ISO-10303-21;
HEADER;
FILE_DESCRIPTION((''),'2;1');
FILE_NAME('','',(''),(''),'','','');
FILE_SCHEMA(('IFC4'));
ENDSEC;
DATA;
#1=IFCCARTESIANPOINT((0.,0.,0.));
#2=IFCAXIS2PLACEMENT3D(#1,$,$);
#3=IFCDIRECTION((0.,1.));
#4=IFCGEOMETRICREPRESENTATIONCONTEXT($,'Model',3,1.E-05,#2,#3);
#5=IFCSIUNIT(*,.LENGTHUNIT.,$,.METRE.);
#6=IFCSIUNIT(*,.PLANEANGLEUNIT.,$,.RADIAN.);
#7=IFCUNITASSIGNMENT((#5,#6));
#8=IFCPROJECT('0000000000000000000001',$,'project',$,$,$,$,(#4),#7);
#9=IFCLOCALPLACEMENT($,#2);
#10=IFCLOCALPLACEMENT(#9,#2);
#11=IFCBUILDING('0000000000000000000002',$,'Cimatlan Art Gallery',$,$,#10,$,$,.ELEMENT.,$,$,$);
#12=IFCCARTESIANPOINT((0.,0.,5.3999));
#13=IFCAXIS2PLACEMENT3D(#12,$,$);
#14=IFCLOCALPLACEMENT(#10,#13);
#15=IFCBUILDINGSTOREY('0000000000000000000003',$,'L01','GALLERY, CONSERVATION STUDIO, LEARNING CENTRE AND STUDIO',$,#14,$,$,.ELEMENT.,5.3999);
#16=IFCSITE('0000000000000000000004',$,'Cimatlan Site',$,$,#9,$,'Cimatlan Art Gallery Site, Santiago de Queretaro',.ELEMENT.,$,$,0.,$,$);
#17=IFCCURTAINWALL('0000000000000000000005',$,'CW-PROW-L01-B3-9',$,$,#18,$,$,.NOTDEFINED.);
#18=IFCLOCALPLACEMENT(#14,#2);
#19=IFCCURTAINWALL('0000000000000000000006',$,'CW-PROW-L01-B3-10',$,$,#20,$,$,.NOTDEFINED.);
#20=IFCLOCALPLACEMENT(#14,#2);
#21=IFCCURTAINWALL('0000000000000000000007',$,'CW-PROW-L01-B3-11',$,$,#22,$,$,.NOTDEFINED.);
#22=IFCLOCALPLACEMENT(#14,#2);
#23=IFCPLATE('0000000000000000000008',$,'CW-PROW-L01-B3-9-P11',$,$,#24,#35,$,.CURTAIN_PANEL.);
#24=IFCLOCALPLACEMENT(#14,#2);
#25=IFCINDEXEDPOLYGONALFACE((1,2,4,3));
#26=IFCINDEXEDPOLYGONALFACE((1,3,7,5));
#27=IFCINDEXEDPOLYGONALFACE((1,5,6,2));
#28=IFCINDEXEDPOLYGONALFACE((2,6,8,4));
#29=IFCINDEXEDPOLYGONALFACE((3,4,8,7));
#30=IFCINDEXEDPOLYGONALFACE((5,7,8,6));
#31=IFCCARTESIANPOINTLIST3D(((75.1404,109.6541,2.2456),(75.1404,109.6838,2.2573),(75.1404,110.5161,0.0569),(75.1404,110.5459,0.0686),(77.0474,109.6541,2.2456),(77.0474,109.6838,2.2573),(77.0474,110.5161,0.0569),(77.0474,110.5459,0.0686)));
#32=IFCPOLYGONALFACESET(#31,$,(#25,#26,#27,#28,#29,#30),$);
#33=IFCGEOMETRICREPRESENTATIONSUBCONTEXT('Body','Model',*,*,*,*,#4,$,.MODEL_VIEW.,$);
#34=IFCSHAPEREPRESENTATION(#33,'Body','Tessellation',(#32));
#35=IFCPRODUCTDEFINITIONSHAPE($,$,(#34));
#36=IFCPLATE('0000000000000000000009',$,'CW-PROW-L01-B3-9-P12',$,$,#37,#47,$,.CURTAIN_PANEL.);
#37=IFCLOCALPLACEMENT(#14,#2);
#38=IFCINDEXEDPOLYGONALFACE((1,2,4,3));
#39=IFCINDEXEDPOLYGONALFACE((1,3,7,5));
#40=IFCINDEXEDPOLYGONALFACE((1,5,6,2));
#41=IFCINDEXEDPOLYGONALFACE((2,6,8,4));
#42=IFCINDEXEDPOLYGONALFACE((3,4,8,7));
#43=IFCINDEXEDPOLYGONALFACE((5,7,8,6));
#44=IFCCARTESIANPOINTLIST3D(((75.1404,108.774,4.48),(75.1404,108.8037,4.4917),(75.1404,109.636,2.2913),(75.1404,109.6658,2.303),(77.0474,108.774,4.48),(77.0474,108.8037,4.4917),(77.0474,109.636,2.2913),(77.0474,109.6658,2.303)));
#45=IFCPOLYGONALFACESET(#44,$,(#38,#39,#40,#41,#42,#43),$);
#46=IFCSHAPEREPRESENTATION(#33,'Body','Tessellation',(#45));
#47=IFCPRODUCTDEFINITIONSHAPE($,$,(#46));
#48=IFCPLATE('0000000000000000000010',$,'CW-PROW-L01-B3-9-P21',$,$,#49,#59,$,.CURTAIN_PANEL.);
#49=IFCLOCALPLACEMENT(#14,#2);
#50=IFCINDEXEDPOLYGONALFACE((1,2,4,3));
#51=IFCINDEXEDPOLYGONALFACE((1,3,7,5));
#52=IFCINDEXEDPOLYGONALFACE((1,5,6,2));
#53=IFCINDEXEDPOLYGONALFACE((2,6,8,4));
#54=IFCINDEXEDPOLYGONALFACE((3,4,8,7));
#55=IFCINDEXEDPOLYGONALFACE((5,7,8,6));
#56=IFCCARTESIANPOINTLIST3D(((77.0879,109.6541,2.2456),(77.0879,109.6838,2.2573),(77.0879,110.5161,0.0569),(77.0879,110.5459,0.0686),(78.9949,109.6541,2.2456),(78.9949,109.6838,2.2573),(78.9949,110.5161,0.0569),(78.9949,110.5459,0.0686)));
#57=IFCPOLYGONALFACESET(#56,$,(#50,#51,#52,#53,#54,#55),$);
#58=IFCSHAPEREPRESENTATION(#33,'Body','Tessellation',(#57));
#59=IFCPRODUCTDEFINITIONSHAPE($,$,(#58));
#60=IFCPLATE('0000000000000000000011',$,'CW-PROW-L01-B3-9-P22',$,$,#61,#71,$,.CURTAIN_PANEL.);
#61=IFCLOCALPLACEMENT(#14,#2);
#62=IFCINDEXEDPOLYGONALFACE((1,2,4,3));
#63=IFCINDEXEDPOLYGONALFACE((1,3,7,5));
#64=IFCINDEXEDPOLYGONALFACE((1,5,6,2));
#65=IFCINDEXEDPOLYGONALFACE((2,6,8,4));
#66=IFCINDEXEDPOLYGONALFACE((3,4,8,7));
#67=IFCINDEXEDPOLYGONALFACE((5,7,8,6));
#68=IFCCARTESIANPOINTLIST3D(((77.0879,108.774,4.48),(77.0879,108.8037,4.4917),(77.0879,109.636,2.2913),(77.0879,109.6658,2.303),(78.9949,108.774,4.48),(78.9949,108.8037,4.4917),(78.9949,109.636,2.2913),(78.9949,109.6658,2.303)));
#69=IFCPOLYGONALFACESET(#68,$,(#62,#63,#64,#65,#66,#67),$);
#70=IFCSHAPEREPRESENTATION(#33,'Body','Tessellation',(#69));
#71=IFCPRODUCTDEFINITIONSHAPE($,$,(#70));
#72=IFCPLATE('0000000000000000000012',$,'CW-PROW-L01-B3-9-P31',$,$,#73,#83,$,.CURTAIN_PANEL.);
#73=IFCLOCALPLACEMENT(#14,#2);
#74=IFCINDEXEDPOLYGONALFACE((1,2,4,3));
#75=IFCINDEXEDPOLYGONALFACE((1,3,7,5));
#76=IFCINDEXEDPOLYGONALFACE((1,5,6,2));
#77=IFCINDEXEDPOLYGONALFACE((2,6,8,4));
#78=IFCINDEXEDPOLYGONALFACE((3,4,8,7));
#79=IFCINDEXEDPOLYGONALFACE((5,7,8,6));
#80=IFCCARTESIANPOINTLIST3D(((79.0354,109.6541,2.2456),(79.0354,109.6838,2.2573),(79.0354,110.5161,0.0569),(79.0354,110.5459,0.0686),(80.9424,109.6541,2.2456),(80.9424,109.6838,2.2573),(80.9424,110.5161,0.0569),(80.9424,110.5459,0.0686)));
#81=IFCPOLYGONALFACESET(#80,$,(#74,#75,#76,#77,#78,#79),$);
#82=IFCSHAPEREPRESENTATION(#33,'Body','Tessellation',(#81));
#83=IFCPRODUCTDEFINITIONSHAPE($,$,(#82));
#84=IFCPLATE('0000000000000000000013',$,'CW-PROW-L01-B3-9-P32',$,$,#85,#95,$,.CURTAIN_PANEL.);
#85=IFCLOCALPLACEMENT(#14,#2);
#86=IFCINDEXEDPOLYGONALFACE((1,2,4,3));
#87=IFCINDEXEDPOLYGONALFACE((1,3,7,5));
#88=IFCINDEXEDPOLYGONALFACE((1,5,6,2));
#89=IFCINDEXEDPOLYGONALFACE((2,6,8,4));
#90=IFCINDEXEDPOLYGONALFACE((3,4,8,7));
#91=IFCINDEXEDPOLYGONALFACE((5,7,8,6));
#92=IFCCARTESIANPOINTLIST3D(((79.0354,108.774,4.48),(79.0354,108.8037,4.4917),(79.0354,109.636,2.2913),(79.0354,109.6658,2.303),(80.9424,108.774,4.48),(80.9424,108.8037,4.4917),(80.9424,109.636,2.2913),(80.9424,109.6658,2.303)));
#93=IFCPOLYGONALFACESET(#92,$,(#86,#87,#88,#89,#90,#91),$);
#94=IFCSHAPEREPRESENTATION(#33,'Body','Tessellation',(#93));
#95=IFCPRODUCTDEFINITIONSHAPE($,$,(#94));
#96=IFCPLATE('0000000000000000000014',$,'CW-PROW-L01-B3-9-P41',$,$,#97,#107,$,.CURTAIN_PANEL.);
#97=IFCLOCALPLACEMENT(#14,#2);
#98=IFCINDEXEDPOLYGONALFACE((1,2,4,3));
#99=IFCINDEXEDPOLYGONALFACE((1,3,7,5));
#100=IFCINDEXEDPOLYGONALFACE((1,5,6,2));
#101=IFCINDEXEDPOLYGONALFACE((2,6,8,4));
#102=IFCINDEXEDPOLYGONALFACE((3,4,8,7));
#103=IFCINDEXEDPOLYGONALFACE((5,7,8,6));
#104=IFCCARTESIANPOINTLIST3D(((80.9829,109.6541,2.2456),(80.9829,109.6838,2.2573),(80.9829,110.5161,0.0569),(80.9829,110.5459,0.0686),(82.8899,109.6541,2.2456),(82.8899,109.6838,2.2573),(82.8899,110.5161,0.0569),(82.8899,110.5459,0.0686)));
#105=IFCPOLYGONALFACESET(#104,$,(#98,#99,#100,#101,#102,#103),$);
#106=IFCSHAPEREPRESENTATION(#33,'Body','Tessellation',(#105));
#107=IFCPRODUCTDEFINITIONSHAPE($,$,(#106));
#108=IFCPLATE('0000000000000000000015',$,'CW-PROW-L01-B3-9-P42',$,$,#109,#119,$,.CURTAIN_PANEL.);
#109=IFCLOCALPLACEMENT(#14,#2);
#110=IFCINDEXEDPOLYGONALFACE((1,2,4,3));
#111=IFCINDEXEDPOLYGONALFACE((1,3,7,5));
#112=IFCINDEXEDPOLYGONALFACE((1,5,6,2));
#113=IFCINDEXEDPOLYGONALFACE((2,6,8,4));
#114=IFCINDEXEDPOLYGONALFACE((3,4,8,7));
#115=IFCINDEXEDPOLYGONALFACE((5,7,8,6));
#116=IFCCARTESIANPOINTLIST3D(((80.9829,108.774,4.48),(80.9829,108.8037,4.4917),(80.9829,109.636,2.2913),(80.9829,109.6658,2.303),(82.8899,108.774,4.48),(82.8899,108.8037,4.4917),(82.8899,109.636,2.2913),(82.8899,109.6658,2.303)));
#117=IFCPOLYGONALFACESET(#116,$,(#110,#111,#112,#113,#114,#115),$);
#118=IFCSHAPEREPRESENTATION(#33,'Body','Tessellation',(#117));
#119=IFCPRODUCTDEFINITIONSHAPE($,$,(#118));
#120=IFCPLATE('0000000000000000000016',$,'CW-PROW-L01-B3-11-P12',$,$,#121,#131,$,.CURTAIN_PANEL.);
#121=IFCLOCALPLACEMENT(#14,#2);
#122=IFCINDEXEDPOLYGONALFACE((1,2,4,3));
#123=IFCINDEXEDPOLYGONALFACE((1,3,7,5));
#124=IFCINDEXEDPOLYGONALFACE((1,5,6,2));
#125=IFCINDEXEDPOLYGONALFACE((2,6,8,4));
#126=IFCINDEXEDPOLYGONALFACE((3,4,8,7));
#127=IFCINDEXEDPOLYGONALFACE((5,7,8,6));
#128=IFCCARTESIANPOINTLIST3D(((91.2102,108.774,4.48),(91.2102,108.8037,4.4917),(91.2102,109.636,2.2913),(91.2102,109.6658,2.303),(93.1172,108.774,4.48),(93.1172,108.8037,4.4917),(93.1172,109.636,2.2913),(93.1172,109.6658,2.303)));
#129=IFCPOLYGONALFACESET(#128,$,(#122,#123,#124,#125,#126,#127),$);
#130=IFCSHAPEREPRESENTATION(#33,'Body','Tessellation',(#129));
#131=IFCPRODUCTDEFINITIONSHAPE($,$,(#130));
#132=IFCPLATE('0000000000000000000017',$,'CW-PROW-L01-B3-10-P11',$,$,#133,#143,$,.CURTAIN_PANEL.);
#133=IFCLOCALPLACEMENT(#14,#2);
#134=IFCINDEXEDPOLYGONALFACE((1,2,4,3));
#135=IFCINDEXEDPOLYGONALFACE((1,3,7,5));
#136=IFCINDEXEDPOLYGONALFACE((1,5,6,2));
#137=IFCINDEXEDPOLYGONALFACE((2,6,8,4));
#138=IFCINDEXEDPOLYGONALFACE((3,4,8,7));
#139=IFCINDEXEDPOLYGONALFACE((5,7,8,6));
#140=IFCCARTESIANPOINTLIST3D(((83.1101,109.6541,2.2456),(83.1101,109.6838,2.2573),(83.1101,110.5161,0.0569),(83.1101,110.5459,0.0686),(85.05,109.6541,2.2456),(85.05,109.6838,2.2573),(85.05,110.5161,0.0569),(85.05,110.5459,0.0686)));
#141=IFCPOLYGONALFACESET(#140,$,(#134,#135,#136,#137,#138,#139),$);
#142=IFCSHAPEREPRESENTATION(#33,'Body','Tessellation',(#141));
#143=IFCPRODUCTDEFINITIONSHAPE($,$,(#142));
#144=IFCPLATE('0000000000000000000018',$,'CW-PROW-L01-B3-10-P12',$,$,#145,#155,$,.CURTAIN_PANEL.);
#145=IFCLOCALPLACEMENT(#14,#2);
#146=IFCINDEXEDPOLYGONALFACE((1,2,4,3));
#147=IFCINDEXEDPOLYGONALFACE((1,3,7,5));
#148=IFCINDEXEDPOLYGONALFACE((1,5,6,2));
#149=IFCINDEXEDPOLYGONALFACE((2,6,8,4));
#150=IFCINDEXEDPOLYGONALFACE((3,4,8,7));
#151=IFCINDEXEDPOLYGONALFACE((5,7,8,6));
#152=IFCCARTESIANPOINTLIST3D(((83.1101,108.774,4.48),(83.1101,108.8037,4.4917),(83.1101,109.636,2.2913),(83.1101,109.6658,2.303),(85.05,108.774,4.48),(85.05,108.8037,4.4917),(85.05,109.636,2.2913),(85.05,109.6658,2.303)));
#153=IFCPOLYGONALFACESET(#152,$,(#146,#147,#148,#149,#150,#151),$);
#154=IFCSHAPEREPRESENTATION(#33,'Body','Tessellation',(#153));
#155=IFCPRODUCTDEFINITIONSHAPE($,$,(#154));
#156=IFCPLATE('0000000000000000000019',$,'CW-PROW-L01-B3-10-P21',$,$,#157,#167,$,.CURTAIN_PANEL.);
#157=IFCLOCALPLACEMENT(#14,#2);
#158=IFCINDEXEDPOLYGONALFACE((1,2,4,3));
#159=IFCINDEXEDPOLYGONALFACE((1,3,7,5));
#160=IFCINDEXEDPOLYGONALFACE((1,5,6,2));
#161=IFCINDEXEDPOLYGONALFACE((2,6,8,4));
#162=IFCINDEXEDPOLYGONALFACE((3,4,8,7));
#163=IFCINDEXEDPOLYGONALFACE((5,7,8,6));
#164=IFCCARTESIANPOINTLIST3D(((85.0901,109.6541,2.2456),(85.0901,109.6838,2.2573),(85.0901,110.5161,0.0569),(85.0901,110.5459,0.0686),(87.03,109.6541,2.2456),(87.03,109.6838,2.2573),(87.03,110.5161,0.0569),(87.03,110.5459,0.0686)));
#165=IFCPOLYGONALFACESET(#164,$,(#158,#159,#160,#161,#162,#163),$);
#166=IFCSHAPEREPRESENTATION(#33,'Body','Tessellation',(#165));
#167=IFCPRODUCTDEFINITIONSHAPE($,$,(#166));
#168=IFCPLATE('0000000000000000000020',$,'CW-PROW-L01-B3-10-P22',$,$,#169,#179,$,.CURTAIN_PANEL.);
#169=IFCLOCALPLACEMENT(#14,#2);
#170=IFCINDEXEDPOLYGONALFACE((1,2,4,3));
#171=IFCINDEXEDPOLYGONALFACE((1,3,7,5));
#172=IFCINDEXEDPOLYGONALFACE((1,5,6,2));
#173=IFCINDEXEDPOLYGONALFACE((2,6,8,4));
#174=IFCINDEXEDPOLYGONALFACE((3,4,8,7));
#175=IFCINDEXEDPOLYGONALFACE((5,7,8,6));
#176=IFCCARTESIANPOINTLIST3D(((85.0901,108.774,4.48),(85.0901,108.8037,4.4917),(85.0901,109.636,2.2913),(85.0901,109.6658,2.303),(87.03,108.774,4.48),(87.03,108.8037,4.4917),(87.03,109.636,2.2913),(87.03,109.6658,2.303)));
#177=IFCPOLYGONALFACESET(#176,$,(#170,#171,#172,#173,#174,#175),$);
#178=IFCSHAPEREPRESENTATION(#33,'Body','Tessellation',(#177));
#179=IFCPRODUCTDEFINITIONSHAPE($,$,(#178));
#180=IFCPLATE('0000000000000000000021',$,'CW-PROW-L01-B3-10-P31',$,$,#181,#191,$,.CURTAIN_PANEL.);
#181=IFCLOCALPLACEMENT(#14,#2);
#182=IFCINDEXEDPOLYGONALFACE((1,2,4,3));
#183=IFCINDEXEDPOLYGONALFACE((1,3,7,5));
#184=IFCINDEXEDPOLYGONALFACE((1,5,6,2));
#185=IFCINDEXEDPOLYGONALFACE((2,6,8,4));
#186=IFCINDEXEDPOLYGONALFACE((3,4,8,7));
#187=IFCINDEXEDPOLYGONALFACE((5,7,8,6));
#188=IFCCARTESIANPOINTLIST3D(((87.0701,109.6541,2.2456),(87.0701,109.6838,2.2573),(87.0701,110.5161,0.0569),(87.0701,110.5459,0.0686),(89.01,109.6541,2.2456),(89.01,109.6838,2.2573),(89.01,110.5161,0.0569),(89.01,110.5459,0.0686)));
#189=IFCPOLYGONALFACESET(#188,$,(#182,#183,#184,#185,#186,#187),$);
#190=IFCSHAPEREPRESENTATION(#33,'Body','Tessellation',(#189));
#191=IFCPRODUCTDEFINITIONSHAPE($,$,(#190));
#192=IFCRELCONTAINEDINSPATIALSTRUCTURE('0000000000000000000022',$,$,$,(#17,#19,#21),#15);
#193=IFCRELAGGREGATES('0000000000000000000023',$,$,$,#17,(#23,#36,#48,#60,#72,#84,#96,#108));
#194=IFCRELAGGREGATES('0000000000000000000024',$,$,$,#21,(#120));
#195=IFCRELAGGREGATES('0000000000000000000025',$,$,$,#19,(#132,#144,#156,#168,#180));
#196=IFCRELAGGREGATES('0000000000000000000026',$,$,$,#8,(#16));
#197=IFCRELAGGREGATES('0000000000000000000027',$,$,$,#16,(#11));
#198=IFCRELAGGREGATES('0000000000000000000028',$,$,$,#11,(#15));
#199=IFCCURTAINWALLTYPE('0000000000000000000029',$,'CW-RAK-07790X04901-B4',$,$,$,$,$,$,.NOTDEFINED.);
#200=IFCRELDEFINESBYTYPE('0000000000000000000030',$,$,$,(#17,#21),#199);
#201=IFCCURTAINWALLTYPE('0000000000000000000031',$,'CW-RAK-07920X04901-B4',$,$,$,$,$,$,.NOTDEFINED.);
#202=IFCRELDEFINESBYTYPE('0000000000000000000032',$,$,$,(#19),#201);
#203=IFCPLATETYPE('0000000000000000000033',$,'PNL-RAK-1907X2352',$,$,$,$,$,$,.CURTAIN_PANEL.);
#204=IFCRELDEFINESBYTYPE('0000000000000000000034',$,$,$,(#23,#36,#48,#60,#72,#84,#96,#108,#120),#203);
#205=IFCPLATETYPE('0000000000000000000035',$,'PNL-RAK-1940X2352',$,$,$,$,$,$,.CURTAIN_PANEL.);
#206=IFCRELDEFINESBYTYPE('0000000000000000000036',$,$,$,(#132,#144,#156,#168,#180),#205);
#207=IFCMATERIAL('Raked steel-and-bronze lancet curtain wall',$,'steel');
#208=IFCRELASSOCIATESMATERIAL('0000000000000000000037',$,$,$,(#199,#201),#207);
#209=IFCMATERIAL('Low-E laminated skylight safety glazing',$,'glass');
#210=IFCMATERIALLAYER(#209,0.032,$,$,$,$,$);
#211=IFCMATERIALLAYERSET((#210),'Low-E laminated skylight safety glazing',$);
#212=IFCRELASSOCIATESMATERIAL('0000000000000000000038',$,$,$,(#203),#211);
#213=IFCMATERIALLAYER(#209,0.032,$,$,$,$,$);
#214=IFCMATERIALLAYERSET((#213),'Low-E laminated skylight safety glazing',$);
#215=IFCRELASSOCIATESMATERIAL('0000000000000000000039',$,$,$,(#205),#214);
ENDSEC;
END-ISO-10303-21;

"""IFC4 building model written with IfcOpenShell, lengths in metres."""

from ifc_helpers import new_model, si_unit, direction, frame, origin, place, context, subcontext, project, spatial, polyline, outline, extrude, material, layer, layer_set, type_object, element, aggregate, save


model = new_model("IFC4")

# Units and contexts
model_context = context("Model", 3, precision=1e-05, world=origin(), true_north=direction((0.0, 1.0)))
body_context = subcontext(model_context, "Body", "Model", "MODEL_VIEW")
ifc_project = project(units=[si_unit("LENGTHUNIT", "METRE"), si_unit("PLANEANGLEUNIT", "RADIAN")], contexts=[model_context])

# Site, building, storey
site_placement = place(None, origin())
site = spatial("IfcSite", under=ifc_project, at=site_placement, Name="Cimatlan Site", LongName="Cimatlan Art Gallery Site, Santiago de Queretaro", CompositionType="ELEMENT", RefElevation=0.0)
building_placement = place(site_placement, origin())
building = spatial("IfcBuilding", under=site, at=building_placement, Name="Cimatlan Art Gallery", CompositionType="ELEMENT")
storey_placement = place(building_placement, frame((0.0, 0.0, 5.3999)))
storey = spatial("IfcBuildingStorey", under=building, at=storey_placement, Name="L01", Description="GALLERY, CONSERVATION STUDIO, LEARNING CENTRE AND STUDIO", CompositionType="ELEMENT", Elevation=5.3999)

# Curtain walls
ifc_material_1 = material(Name="Raked steel-and-bronze lancet curtain wall", Category="steel")
curtain_wall_type_1 = type_object("IfcCurtainWallType", Name="CW-RAK-07790X04901-B4", PredefinedType="NOTDEFINED", material=ifc_material_1)
curtain_wall_1_placement = place(storey_placement, origin())
curtain_wall_1 = element("IfcCurtainWall", 1, at=curtain_wall_1_placement, inside=storey, type_object=curtain_wall_type_1, Name="CW-PROW-L01-B3-9", PredefinedType="NOTDEFINED")
curtain_wall_type_2 = type_object("IfcCurtainWallType", Name="CW-RAK-07920X04901-B4", PredefinedType="NOTDEFINED", material=ifc_material_1)
curtain_wall_2_placement = place(storey_placement, origin())
curtain_wall_2 = element("IfcCurtainWall", 2, at=curtain_wall_2_placement, inside=storey, type_object=curtain_wall_type_2, Name="CW-PROW-L01-B3-10", PredefinedType="NOTDEFINED")

# Curtain wall
curtain_wall_3_placement = place(storey_placement, origin())
curtain_wall_3 = element("IfcCurtainWall", 3, at=curtain_wall_3_placement, inside=storey, type_object=curtain_wall_type_1, Name="CW-PROW-L01-B3-11", PredefinedType="NOTDEFINED")

# Plates
ifc_material_2 = material(Name="Low-E laminated skylight safety glazing", Category="glass")
ifc_layer_1 = layer(ifc_material_2, 0.032)
ifc_layer_set_1 = layer_set([ifc_layer_1], Name="Low-E laminated skylight safety glazing")
plate_type_1 = type_object("IfcPlateType", Name="PNL-RAK-1907X2352", PredefinedType="CURTAIN_PANEL", material=ifc_layer_set_1)
plate_1_placement = place(storey_placement, frame((75.1404, 110.5459, 0.0686), z_axis=(0.0, 0.930432, 0.366465), x_axis=(1.0, 0.0, 0.0)))
plate_1 = element("IfcPlate", 4, at=plate_1_placement, type_object=plate_type_1, Name="CW-PROW-L01-B3-9-P11", PredefinedType="CURTAIN_PANEL", context=body_context, shape_type="SweptSolid", body=[
    extrude(outline(polyline([(0.0, 0.0), (1.907, 0.0), (1.907, -2.3524), (0.0, -2.3524), (0.0, 0.0)])), origin(), (0.0, 0.0, -1.0), 0.032),
])
plate_2_placement = place(storey_placement, frame((75.1404, 109.6658, 2.303), z_axis=(0.0, 0.930432, 0.366465), x_axis=(1.0, 0.0, 0.0)))
plate_2 = element("IfcPlate", 5, at=plate_2_placement, type_object=plate_type_1, Name="CW-PROW-L01-B3-9-P12", PredefinedType="CURTAIN_PANEL", context=body_context, shape_type="SweptSolid", body=[
    extrude(outline(polyline([(0.0, 0.0), (1.907, 0.0), (1.907, -2.3524), (0.0, -2.3524), (0.0, 0.0)])), origin(), (0.0, 0.0, -1.0), 0.032),
])
plate_3_placement = place(storey_placement, frame((77.0879, 110.5459, 0.0686), z_axis=(0.0, 0.930432, 0.366465), x_axis=(1.0, 0.0, 0.0)))
plate_3 = element("IfcPlate", 6, at=plate_3_placement, type_object=plate_type_1, Name="CW-PROW-L01-B3-9-P21", PredefinedType="CURTAIN_PANEL", context=body_context, shape_type="SweptSolid", body=[
    extrude(outline(polyline([(0.0, 0.0), (1.907, 0.0), (1.907, -2.3524), (0.0, -2.3524), (0.0, 0.0)])), origin(), (0.0, 0.0, -1.0), 0.032),
])
plate_4_placement = place(storey_placement, frame((77.0879, 109.6658, 2.303), z_axis=(0.0, 0.930432, 0.366465), x_axis=(1.0, 0.0, 0.0)))
plate_4 = element("IfcPlate", 7, at=plate_4_placement, type_object=plate_type_1, Name="CW-PROW-L01-B3-9-P22", PredefinedType="CURTAIN_PANEL", context=body_context, shape_type="SweptSolid", body=[
    extrude(outline(polyline([(0.0, 0.0), (1.907, 0.0), (1.907, -2.3524), (0.0, -2.3524), (0.0, 0.0)])), origin(), (0.0, 0.0, -1.0), 0.032),
])
plate_5_placement = place(storey_placement, frame((79.0354, 110.5459, 0.0686), z_axis=(0.0, 0.930432, 0.366465), x_axis=(1.0, 0.0, 0.0)))
plate_5 = element("IfcPlate", 8, at=plate_5_placement, type_object=plate_type_1, Name="CW-PROW-L01-B3-9-P31", PredefinedType="CURTAIN_PANEL", context=body_context, shape_type="SweptSolid", body=[
    extrude(outline(polyline([(0.0, 0.0), (1.907, 0.0), (1.907, -2.3524), (0.0, -2.3524), (0.0, 0.0)])), origin(), (0.0, 0.0, -1.0), 0.032),
])
plate_6_placement = place(storey_placement, frame((79.0354, 109.6658, 2.303), z_axis=(0.0, 0.930432, 0.366465), x_axis=(1.0, 0.0, 0.0)))
plate_6 = element("IfcPlate", 9, at=plate_6_placement, type_object=plate_type_1, Name="CW-PROW-L01-B3-9-P32", PredefinedType="CURTAIN_PANEL", context=body_context, shape_type="SweptSolid", body=[
    extrude(outline(polyline([(0.0, 0.0), (1.907, 0.0), (1.907, -2.3524), (0.0, -2.3524), (0.0, 0.0)])), origin(), (0.0, 0.0, -1.0), 0.032),
])
plate_7_placement = place(storey_placement, frame((80.9829, 110.5459, 0.0686), z_axis=(0.0, 0.930432, 0.366465), x_axis=(1.0, 0.0, 0.0)))
plate_7 = element("IfcPlate", 10, at=plate_7_placement, type_object=plate_type_1, Name="CW-PROW-L01-B3-9-P41", PredefinedType="CURTAIN_PANEL", context=body_context, shape_type="SweptSolid", body=[
    extrude(outline(polyline([(0.0, 0.0), (1.907, 0.0), (1.907, -2.3524), (0.0, -2.3524), (0.0, 0.0)])), origin(), (0.0, 0.0, -1.0), 0.032),
])
plate_8_placement = place(storey_placement, frame((80.9829, 109.6658, 2.303), z_axis=(0.0, 0.930432, 0.366465), x_axis=(1.0, 0.0, 0.0)))
plate_8 = element("IfcPlate", 11, at=plate_8_placement, type_object=plate_type_1, Name="CW-PROW-L01-B3-9-P42", PredefinedType="CURTAIN_PANEL", context=body_context, shape_type="SweptSolid", body=[
    extrude(outline(polyline([(0.0, 0.0), (1.907, 0.0), (1.907, -2.3524), (0.0, -2.3524), (0.0, 0.0)])), origin(), (0.0, 0.0, -1.0), 0.032),
])
aggregate(curtain_wall_1, [plate_1, plate_2, plate_3, plate_4, plate_5, plate_6, plate_7, plate_8])
plate_9_placement = place(storey_placement, frame((91.2102, 109.6658, 2.303), z_axis=(0.0, 0.930432, 0.366465), x_axis=(1.0, 0.0, 0.0)))
plate_9 = element("IfcPlate", 12, at=plate_9_placement, type_object=plate_type_1, Name="CW-PROW-L01-B3-11-P12", PredefinedType="CURTAIN_PANEL", context=body_context, shape_type="SweptSolid", body=[
    extrude(outline(polyline([(0.0, 0.0), (1.907, 0.0), (1.907, -2.3524), (0.0, -2.3524), (0.0, 0.0)])), origin(), (0.0, 0.0, -1.0), 0.032),
])
aggregate(curtain_wall_3, [plate_9])
ifc_layer_2 = layer(ifc_material_2, 0.032)
ifc_layer_set_2 = layer_set([ifc_layer_2], Name="Low-E laminated skylight safety glazing")
plate_type_2 = type_object("IfcPlateType", Name="PNL-RAK-1940X2352", PredefinedType="CURTAIN_PANEL", material=ifc_layer_set_2)
plate_10_placement = place(storey_placement, frame((83.1101, 110.5459, 0.0686), z_axis=(0.0, 0.930432, 0.366465), x_axis=(1.0, 0.0, 0.0)))
plate_10 = element("IfcPlate", 13, at=plate_10_placement, type_object=plate_type_2, Name="CW-PROW-L01-B3-10-P11", PredefinedType="CURTAIN_PANEL", context=body_context, shape_type="SweptSolid", body=[
    extrude(outline(polyline([(0.0, 0.0), (1.9399, 0.0), (1.9399, -2.3524), (0.0, -2.3524), (0.0, 0.0)])), origin(), (0.0, 0.0, -1.0), 0.032),
])
plate_11_placement = place(storey_placement, frame((83.1101, 109.6658, 2.303), z_axis=(0.0, 0.930432, 0.366465), x_axis=(1.0, 0.0, 0.0)))
plate_11 = element("IfcPlate", 14, at=plate_11_placement, type_object=plate_type_2, Name="CW-PROW-L01-B3-10-P12", PredefinedType="CURTAIN_PANEL", context=body_context, shape_type="SweptSolid", body=[
    extrude(outline(polyline([(0.0, 0.0), (1.9399, 0.0), (1.9399, -2.3524), (0.0, -2.3524), (0.0, 0.0)])), origin(), (0.0, 0.0, -1.0), 0.032),
])
plate_12_placement = place(storey_placement, frame((85.0901, 110.5459, 0.0686), z_axis=(0.0, 0.930432, 0.366465), x_axis=(1.0, 0.0, 0.0)))
plate_12 = element("IfcPlate", 15, at=plate_12_placement, type_object=plate_type_2, Name="CW-PROW-L01-B3-10-P21", PredefinedType="CURTAIN_PANEL", context=body_context, shape_type="SweptSolid", body=[
    extrude(outline(polyline([(0.0, 0.0), (1.9399, 0.0), (1.9399, -2.3524), (0.0, -2.3524), (0.0, 0.0)])), origin(), (0.0, 0.0, -1.0), 0.032),
])
plate_13_placement = place(storey_placement, frame((85.0901, 109.6658, 2.303), z_axis=(0.0, 0.930432, 0.366465), x_axis=(1.0, 0.0, 0.0)))
plate_13 = element("IfcPlate", 16, at=plate_13_placement, type_object=plate_type_2, Name="CW-PROW-L01-B3-10-P22", PredefinedType="CURTAIN_PANEL", context=body_context, shape_type="SweptSolid", body=[
    extrude(outline(polyline([(0.0, 0.0), (1.9399, 0.0), (1.9399, -2.3524), (0.0, -2.3524), (0.0, 0.0)])), origin(), (0.0, 0.0, -1.0), 0.032),
])
plate_14_placement = place(storey_placement, frame((87.0701, 110.5459, 0.0686), z_axis=(0.0, 0.930432, 0.366465), x_axis=(1.0, 0.0, 0.0)))
plate_14 = element("IfcPlate", 17, at=plate_14_placement, type_object=plate_type_2, Name="CW-PROW-L01-B3-10-P31", PredefinedType="CURTAIN_PANEL", context=body_context, shape_type="SweptSolid", body=[
    extrude(outline(polyline([(0.0, 0.0), (1.9399, 0.0), (1.9399, -2.3524), (0.0, -2.3524), (0.0, 0.0)])), origin(), (0.0, 0.0, -1.0), 0.032),
])
aggregate(curtain_wall_2, [plate_10, plate_11, plate_12, plate_13, plate_14])

save(model, "model.ifc")
